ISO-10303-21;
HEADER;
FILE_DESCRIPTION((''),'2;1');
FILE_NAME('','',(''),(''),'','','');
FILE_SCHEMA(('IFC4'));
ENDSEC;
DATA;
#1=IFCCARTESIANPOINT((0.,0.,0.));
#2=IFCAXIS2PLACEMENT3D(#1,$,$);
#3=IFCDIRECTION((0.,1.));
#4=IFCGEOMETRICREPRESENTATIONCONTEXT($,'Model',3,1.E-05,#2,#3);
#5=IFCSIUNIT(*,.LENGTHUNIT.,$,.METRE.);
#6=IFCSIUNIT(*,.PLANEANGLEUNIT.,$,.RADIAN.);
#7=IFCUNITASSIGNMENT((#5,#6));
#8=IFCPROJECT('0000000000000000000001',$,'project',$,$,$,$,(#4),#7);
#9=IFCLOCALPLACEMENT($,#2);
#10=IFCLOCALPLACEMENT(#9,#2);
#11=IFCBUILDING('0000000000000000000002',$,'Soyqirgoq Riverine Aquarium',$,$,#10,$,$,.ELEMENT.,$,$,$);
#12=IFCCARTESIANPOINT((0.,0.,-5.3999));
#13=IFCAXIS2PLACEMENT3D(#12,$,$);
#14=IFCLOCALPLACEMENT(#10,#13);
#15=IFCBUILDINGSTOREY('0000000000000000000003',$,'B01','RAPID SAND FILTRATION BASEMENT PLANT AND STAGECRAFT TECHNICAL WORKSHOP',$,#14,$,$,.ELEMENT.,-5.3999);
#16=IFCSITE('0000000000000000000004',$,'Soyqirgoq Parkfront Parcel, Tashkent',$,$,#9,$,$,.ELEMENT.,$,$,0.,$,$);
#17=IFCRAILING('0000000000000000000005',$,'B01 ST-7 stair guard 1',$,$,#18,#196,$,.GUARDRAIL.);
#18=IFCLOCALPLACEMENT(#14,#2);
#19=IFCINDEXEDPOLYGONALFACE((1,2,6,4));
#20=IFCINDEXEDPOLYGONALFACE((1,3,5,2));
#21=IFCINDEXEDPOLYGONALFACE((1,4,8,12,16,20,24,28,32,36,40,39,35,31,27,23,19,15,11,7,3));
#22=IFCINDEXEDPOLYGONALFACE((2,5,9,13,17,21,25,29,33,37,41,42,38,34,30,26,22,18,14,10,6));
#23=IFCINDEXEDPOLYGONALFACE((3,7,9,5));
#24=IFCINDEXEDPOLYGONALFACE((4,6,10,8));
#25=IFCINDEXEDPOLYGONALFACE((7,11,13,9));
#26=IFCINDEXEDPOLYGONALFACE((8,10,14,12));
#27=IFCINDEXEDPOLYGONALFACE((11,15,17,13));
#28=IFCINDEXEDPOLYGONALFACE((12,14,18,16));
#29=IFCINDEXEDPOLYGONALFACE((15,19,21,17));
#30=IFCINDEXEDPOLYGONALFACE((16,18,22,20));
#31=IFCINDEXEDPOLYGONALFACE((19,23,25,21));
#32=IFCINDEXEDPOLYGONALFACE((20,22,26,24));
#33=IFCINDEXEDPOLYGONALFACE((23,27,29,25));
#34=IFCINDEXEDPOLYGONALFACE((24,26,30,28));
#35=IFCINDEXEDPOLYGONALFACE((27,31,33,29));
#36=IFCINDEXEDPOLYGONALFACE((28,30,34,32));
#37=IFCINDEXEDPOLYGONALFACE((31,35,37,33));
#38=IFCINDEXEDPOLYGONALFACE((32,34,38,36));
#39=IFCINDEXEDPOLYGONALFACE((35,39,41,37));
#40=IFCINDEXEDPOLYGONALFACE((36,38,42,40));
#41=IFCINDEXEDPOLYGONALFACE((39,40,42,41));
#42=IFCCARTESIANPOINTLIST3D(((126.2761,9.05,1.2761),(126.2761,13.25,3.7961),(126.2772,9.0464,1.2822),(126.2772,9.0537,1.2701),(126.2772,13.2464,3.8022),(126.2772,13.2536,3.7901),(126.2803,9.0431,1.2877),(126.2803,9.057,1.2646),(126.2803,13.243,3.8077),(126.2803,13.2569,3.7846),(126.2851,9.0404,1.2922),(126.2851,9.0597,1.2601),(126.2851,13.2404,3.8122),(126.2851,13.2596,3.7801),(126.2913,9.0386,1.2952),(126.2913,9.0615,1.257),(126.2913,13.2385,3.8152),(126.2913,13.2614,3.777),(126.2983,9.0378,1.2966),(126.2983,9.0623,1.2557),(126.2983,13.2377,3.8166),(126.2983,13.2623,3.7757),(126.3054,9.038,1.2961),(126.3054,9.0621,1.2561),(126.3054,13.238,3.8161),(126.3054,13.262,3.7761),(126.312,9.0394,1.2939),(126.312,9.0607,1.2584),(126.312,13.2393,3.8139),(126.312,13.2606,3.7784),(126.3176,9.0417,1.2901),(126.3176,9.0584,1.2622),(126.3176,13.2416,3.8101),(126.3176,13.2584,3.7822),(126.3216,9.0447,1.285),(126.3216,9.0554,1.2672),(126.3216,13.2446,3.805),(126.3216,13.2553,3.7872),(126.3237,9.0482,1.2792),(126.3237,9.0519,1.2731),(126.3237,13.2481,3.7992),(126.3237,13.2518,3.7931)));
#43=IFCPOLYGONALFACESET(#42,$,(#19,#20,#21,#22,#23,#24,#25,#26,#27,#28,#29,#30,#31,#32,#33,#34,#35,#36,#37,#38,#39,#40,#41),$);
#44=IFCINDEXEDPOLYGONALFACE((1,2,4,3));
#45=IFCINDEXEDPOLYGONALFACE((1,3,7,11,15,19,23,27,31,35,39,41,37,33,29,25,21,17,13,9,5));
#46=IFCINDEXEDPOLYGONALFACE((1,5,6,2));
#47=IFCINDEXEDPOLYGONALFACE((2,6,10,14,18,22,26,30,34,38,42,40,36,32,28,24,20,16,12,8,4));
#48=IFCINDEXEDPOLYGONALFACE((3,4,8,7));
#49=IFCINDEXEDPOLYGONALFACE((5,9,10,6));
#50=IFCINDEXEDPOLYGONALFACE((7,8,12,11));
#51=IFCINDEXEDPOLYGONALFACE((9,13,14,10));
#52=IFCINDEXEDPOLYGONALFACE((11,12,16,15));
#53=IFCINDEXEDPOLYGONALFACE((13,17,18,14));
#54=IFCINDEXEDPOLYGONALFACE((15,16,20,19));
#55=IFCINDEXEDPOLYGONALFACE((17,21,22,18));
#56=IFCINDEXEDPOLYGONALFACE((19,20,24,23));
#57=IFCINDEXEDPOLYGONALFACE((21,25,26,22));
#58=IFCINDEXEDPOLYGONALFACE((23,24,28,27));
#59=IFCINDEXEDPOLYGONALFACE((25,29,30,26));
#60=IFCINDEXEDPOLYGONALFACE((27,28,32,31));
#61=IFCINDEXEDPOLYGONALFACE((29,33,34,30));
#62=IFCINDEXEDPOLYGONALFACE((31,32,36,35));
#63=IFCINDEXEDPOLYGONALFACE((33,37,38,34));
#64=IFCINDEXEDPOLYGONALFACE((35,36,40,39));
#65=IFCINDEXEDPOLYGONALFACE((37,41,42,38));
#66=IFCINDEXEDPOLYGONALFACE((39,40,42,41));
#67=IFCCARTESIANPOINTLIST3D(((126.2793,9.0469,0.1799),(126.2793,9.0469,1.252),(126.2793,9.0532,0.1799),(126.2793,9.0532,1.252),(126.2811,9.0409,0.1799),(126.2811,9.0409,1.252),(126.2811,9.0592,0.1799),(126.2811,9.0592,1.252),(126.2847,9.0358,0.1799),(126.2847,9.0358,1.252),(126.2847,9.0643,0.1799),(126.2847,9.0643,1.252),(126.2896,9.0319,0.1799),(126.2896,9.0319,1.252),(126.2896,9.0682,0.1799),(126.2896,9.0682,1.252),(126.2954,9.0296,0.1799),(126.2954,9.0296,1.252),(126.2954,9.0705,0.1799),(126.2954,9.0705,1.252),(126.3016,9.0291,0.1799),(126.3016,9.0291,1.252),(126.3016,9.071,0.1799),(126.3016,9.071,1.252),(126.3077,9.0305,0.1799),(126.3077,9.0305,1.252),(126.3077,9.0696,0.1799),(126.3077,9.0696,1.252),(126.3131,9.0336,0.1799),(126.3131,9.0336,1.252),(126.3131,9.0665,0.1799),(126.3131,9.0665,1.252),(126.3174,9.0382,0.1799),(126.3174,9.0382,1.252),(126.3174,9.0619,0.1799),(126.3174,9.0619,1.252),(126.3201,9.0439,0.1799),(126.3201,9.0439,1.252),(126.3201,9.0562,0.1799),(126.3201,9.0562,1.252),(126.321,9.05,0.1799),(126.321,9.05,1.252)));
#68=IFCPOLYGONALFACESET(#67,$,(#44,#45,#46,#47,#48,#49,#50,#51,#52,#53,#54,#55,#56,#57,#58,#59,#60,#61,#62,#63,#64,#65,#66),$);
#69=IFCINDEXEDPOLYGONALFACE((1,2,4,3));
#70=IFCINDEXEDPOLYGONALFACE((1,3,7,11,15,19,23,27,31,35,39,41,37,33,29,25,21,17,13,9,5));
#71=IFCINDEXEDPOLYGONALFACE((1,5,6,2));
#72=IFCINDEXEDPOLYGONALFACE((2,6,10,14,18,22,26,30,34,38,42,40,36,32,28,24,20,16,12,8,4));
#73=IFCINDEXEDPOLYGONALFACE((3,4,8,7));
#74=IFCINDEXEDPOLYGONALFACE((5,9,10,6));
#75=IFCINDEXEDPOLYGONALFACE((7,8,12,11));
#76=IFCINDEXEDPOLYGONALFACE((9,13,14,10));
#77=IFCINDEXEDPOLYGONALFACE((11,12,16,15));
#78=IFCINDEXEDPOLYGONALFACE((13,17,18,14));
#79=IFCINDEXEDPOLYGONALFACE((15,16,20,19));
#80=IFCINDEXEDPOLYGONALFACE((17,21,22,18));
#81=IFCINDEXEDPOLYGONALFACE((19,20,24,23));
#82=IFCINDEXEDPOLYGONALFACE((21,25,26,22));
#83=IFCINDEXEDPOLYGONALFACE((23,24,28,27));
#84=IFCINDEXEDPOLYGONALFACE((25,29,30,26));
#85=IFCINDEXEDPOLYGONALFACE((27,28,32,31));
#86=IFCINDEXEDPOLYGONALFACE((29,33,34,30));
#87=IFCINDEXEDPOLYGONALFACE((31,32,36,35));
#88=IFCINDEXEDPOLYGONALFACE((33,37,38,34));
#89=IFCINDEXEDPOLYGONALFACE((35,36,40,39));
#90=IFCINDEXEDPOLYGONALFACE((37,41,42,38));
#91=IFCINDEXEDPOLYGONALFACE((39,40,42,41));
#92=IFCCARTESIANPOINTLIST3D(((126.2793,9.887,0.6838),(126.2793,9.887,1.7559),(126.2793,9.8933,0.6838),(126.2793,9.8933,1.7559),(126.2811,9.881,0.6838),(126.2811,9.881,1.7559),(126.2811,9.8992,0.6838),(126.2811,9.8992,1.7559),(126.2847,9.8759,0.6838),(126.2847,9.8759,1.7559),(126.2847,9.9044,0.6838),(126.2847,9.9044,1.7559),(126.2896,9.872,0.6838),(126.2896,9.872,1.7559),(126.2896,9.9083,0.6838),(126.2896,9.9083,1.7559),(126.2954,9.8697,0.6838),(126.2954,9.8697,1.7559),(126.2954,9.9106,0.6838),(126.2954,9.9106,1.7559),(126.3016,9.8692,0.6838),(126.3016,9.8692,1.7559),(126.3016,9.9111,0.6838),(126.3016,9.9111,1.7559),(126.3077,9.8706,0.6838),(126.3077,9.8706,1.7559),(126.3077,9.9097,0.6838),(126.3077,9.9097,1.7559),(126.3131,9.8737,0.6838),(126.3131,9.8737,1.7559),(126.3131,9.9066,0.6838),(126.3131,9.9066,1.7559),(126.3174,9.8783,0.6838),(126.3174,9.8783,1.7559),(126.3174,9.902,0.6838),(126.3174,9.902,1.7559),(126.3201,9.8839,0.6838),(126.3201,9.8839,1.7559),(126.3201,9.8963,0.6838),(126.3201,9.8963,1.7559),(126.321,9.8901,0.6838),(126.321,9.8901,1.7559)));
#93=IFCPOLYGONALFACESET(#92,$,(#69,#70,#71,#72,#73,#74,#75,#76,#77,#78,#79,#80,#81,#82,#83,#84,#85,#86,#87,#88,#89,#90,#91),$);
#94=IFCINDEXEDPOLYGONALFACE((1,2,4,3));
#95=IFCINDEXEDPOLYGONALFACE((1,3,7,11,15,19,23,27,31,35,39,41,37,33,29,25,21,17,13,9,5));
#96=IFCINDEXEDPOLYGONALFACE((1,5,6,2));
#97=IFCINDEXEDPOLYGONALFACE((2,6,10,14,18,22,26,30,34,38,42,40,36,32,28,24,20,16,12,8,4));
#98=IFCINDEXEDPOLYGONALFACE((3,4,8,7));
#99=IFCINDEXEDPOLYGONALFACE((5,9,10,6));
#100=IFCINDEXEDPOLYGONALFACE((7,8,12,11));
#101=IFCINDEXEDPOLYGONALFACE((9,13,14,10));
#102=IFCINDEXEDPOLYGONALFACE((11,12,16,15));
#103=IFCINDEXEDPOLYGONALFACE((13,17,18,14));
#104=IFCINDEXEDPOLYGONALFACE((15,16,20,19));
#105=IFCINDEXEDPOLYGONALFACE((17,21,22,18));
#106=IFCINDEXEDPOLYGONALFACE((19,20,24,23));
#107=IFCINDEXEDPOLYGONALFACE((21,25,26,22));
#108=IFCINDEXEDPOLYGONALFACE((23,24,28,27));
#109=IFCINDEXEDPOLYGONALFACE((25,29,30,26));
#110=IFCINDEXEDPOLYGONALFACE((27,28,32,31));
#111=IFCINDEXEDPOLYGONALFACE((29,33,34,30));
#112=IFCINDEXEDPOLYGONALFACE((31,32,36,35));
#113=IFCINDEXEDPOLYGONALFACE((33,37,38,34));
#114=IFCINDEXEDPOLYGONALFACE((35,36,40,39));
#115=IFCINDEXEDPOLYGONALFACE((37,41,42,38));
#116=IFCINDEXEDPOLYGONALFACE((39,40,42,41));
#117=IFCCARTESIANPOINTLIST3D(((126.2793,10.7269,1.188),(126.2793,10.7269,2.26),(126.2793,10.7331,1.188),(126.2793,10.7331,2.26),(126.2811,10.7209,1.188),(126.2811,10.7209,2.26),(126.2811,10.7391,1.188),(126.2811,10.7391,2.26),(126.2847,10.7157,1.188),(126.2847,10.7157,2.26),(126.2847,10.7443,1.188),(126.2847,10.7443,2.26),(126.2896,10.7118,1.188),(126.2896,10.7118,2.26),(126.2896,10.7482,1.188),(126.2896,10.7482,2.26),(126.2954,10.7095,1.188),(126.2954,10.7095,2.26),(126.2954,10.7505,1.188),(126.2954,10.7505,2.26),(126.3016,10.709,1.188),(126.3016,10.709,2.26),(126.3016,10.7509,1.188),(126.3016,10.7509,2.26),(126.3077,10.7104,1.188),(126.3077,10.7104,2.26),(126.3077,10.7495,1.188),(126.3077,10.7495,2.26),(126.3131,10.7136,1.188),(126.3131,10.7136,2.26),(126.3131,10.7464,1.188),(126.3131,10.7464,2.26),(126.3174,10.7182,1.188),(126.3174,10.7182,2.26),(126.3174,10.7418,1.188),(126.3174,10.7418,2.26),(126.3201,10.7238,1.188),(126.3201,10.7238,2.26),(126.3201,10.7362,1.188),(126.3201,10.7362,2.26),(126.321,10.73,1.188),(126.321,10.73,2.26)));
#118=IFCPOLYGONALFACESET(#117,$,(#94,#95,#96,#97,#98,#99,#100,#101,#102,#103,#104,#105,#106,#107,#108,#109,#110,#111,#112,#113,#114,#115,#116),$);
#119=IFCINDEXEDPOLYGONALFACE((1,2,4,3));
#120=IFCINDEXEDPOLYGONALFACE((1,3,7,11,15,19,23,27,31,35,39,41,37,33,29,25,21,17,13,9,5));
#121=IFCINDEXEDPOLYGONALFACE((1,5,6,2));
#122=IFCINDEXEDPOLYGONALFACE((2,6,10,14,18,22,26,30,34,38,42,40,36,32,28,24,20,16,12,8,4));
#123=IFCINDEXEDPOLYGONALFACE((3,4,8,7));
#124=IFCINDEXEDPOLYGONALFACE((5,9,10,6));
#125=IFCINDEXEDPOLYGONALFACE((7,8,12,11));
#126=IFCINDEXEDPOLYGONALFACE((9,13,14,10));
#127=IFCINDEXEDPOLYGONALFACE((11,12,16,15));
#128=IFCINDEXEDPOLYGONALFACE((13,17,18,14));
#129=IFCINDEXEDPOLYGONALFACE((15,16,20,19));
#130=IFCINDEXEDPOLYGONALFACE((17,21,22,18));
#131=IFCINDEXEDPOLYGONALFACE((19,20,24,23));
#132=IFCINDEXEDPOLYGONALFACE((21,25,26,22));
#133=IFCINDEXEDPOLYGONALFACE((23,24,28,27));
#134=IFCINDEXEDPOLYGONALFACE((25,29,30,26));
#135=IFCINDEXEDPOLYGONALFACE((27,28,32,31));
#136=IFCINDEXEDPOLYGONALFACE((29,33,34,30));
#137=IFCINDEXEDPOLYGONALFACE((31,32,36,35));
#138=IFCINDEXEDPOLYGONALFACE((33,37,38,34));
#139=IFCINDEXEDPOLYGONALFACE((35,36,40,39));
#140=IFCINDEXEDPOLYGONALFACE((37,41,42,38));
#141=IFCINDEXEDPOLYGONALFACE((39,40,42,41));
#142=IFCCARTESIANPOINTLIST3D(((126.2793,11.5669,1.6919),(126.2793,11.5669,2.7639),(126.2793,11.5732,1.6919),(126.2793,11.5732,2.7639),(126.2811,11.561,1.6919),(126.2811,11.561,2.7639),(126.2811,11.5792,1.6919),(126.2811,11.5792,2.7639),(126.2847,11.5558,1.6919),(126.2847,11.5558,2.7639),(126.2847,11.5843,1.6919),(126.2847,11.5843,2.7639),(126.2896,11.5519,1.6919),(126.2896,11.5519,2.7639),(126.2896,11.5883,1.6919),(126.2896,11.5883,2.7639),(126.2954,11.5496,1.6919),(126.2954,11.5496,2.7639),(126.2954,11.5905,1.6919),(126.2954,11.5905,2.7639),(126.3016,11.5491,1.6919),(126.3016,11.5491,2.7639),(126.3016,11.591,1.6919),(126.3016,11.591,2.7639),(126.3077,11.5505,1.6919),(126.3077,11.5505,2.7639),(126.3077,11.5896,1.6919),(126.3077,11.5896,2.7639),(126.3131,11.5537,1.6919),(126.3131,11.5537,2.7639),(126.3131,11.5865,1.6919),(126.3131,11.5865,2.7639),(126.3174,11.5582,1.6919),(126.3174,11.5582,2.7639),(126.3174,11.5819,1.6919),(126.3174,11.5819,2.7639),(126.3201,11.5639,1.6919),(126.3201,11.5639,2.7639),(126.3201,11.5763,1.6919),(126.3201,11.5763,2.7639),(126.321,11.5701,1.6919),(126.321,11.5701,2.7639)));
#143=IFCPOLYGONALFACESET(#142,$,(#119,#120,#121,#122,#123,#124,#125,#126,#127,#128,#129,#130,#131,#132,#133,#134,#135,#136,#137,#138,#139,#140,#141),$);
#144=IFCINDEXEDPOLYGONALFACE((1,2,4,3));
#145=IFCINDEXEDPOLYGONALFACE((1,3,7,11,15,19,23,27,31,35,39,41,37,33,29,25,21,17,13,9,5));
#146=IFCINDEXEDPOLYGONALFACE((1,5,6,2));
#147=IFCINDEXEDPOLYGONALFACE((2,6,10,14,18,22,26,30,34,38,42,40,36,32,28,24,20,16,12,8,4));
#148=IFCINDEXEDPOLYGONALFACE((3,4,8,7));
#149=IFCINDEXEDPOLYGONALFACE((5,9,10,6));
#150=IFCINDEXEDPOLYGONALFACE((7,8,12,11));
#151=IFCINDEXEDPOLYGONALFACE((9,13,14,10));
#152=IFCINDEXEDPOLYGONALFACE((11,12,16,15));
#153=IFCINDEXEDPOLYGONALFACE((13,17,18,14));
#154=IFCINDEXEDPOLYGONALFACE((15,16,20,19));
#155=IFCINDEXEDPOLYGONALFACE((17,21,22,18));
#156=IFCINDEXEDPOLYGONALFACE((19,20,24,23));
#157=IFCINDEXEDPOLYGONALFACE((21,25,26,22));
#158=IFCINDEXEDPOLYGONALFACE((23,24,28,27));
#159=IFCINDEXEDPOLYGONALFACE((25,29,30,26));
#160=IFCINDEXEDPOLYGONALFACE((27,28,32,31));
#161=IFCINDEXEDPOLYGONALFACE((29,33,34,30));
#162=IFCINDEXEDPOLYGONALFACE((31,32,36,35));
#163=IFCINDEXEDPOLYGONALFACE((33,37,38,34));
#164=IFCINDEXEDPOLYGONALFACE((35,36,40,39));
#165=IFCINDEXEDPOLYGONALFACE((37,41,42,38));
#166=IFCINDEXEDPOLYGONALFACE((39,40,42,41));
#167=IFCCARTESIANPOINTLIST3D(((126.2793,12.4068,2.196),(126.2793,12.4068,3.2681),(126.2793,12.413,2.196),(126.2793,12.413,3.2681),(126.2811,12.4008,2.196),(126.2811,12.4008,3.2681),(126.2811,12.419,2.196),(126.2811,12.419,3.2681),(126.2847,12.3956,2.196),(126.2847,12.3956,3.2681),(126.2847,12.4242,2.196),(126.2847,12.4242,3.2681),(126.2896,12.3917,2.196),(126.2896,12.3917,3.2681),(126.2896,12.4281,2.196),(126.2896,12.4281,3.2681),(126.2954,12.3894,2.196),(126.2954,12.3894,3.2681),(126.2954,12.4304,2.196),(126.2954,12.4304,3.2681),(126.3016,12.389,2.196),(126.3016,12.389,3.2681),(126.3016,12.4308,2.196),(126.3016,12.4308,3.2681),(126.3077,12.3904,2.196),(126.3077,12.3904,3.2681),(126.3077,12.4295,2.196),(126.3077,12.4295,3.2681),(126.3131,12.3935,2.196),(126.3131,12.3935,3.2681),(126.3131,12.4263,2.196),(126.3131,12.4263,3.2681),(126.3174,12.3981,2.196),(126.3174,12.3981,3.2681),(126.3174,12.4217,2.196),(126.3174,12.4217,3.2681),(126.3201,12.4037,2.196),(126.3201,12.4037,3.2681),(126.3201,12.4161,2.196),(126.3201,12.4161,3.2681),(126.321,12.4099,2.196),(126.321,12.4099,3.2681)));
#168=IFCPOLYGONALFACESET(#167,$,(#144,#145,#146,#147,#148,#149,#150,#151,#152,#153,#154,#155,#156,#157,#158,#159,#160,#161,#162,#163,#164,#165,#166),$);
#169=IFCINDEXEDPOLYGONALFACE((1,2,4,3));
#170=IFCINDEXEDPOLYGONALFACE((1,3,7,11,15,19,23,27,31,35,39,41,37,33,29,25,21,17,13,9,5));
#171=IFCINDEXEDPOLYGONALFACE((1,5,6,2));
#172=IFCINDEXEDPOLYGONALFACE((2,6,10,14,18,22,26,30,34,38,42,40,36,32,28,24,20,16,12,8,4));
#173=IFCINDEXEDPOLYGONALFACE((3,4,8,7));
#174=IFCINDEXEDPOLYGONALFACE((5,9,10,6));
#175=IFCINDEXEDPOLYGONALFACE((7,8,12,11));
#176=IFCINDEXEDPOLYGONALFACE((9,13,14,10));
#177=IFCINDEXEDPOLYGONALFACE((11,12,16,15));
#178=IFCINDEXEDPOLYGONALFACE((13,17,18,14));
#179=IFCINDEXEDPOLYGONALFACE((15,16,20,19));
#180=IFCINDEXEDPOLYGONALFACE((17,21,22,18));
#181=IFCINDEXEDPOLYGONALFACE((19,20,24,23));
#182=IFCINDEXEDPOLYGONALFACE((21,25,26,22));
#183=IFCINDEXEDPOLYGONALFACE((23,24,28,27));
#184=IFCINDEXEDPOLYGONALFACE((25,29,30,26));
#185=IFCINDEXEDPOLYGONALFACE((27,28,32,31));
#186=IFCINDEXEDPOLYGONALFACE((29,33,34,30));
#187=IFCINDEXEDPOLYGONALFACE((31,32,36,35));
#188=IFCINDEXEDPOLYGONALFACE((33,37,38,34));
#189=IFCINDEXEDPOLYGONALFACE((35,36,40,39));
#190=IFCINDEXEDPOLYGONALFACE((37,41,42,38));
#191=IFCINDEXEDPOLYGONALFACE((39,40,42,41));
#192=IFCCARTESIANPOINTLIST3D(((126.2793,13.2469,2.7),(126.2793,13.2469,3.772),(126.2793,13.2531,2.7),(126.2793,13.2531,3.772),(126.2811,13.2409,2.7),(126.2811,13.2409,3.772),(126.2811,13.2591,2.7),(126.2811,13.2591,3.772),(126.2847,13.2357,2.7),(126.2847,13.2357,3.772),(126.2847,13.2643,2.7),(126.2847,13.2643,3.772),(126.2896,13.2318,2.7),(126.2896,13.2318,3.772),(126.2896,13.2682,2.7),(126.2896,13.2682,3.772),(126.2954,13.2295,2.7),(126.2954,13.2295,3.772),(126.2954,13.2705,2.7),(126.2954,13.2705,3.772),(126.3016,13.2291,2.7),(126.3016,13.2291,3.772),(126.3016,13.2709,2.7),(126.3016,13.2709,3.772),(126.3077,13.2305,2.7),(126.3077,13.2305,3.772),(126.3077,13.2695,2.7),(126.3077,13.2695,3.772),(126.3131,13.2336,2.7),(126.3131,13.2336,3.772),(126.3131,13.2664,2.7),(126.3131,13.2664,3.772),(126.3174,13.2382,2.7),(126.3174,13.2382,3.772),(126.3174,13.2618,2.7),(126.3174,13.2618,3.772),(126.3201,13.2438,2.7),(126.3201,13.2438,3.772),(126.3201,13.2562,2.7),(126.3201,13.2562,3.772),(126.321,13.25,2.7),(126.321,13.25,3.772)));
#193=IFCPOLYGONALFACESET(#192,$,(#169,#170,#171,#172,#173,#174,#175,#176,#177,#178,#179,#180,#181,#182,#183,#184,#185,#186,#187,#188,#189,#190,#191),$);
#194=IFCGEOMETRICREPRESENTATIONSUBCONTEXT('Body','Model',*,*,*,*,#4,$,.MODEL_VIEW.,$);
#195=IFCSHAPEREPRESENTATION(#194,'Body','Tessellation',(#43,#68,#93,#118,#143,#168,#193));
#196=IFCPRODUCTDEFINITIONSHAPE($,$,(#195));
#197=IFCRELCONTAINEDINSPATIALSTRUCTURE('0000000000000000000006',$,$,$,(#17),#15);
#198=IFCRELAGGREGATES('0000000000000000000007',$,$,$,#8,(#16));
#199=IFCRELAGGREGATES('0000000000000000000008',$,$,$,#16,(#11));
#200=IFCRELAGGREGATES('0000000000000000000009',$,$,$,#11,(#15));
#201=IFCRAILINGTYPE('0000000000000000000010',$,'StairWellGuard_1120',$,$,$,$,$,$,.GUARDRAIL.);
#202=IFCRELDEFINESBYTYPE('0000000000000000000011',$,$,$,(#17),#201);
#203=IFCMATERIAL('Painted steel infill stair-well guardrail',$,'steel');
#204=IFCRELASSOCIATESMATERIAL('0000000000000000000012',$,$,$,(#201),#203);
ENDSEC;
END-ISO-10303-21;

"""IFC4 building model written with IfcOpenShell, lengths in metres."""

from ifc_helpers import new_model, si_unit, direction, frame, origin, origin_2d, place, context, subcontext, project, spatial, circle, extrude, material, type_object, element, save


model = new_model("IFC4")

# Units and contexts
model_context = context("Model", 3, precision=1e-05, world=origin(), true_north=direction((0.0, 1.0)))
body_context = subcontext(model_context, "Body", "Model", "MODEL_VIEW")
ifc_project = project(units=[si_unit("LENGTHUNIT", "METRE"), si_unit("PLANEANGLEUNIT", "RADIAN")], contexts=[model_context])

# Site, building, storey
site_placement = place(None, origin())
site = spatial("IfcSite", under=ifc_project, at=site_placement, Name="Soyqirgoq Parkfront Parcel, Tashkent", CompositionType="ELEMENT", RefElevation=0.0)
building_placement = place(site_placement, origin())
building = spatial("IfcBuilding", under=site, at=building_placement, Name="Soyqirgoq Riverine Aquarium", CompositionType="ELEMENT")
storey_placement = place(building_placement, frame((0.0, 0.0, -5.3999)))
storey = spatial("IfcBuildingStorey", under=building, at=storey_placement, Name="B01", Description="RAPID SAND FILTRATION BASEMENT PLANT AND STAGECRAFT TECHNICAL WORKSHOP", CompositionType="ELEMENT", Elevation=-5.3999)

# Railing
ifc_material_1 = material(Name="Painted steel infill stair-well guardrail", Category="steel")
railing_type_1 = type_object("IfcRailingType", Name="StairWellGuard_1120", PredefinedType="GUARDRAIL", material=ifc_material_1)
railing_1_placement = place(storey_placement, frame((126.3, 9.05, 0.1799)))
element("IfcRailing", 1, at=railing_1_placement, inside=storey, type_object=railing_type_1, Name="B01 ST-7 stair guard 1", PredefinedType="GUARDRAIL", context=body_context, shape_type="SweptSolid", body=[
    extrude(circle(Radius=0.0239, at=origin_2d()), frame((0.0, 0.0, 1.0962), z_axis=(0.0, 0.857489, 0.514503), x_axis=(-1.0, 0.0, 0.0)), (0.0, 0.0, 1.0), 4.8979),
    extrude(circle(Radius=0.021, at=origin_2d()), origin(), (0.0, 0.0, 1.0), 1.072),
    extrude(circle(Radius=0.021, at=origin_2d()), frame((0.0, 0.8401, 0.5039)), (0.0, 0.0, 1.0), 1.072),
    extrude(circle(Radius=0.021, at=origin_2d()), frame((0.0, 1.6799, 1.0081)), (0.0, 0.0, 1.0), 1.072),
    extrude(circle(Radius=0.021, at=origin_2d()), frame((0.0, 2.52, 1.512)), (0.0, 0.0, 1.0), 1.072),
    extrude(circle(Radius=0.021, at=origin_2d()), frame((0.0, 3.3599, 2.0161)), (0.0, 0.0, 1.0), 1.072),
    extrude(circle(Radius=0.021, at=origin_2d()), frame((0.0, 4.2, 2.52)), (0.0, 0.0, 1.0), 1.072),
])

save(model, "model.ifc")
